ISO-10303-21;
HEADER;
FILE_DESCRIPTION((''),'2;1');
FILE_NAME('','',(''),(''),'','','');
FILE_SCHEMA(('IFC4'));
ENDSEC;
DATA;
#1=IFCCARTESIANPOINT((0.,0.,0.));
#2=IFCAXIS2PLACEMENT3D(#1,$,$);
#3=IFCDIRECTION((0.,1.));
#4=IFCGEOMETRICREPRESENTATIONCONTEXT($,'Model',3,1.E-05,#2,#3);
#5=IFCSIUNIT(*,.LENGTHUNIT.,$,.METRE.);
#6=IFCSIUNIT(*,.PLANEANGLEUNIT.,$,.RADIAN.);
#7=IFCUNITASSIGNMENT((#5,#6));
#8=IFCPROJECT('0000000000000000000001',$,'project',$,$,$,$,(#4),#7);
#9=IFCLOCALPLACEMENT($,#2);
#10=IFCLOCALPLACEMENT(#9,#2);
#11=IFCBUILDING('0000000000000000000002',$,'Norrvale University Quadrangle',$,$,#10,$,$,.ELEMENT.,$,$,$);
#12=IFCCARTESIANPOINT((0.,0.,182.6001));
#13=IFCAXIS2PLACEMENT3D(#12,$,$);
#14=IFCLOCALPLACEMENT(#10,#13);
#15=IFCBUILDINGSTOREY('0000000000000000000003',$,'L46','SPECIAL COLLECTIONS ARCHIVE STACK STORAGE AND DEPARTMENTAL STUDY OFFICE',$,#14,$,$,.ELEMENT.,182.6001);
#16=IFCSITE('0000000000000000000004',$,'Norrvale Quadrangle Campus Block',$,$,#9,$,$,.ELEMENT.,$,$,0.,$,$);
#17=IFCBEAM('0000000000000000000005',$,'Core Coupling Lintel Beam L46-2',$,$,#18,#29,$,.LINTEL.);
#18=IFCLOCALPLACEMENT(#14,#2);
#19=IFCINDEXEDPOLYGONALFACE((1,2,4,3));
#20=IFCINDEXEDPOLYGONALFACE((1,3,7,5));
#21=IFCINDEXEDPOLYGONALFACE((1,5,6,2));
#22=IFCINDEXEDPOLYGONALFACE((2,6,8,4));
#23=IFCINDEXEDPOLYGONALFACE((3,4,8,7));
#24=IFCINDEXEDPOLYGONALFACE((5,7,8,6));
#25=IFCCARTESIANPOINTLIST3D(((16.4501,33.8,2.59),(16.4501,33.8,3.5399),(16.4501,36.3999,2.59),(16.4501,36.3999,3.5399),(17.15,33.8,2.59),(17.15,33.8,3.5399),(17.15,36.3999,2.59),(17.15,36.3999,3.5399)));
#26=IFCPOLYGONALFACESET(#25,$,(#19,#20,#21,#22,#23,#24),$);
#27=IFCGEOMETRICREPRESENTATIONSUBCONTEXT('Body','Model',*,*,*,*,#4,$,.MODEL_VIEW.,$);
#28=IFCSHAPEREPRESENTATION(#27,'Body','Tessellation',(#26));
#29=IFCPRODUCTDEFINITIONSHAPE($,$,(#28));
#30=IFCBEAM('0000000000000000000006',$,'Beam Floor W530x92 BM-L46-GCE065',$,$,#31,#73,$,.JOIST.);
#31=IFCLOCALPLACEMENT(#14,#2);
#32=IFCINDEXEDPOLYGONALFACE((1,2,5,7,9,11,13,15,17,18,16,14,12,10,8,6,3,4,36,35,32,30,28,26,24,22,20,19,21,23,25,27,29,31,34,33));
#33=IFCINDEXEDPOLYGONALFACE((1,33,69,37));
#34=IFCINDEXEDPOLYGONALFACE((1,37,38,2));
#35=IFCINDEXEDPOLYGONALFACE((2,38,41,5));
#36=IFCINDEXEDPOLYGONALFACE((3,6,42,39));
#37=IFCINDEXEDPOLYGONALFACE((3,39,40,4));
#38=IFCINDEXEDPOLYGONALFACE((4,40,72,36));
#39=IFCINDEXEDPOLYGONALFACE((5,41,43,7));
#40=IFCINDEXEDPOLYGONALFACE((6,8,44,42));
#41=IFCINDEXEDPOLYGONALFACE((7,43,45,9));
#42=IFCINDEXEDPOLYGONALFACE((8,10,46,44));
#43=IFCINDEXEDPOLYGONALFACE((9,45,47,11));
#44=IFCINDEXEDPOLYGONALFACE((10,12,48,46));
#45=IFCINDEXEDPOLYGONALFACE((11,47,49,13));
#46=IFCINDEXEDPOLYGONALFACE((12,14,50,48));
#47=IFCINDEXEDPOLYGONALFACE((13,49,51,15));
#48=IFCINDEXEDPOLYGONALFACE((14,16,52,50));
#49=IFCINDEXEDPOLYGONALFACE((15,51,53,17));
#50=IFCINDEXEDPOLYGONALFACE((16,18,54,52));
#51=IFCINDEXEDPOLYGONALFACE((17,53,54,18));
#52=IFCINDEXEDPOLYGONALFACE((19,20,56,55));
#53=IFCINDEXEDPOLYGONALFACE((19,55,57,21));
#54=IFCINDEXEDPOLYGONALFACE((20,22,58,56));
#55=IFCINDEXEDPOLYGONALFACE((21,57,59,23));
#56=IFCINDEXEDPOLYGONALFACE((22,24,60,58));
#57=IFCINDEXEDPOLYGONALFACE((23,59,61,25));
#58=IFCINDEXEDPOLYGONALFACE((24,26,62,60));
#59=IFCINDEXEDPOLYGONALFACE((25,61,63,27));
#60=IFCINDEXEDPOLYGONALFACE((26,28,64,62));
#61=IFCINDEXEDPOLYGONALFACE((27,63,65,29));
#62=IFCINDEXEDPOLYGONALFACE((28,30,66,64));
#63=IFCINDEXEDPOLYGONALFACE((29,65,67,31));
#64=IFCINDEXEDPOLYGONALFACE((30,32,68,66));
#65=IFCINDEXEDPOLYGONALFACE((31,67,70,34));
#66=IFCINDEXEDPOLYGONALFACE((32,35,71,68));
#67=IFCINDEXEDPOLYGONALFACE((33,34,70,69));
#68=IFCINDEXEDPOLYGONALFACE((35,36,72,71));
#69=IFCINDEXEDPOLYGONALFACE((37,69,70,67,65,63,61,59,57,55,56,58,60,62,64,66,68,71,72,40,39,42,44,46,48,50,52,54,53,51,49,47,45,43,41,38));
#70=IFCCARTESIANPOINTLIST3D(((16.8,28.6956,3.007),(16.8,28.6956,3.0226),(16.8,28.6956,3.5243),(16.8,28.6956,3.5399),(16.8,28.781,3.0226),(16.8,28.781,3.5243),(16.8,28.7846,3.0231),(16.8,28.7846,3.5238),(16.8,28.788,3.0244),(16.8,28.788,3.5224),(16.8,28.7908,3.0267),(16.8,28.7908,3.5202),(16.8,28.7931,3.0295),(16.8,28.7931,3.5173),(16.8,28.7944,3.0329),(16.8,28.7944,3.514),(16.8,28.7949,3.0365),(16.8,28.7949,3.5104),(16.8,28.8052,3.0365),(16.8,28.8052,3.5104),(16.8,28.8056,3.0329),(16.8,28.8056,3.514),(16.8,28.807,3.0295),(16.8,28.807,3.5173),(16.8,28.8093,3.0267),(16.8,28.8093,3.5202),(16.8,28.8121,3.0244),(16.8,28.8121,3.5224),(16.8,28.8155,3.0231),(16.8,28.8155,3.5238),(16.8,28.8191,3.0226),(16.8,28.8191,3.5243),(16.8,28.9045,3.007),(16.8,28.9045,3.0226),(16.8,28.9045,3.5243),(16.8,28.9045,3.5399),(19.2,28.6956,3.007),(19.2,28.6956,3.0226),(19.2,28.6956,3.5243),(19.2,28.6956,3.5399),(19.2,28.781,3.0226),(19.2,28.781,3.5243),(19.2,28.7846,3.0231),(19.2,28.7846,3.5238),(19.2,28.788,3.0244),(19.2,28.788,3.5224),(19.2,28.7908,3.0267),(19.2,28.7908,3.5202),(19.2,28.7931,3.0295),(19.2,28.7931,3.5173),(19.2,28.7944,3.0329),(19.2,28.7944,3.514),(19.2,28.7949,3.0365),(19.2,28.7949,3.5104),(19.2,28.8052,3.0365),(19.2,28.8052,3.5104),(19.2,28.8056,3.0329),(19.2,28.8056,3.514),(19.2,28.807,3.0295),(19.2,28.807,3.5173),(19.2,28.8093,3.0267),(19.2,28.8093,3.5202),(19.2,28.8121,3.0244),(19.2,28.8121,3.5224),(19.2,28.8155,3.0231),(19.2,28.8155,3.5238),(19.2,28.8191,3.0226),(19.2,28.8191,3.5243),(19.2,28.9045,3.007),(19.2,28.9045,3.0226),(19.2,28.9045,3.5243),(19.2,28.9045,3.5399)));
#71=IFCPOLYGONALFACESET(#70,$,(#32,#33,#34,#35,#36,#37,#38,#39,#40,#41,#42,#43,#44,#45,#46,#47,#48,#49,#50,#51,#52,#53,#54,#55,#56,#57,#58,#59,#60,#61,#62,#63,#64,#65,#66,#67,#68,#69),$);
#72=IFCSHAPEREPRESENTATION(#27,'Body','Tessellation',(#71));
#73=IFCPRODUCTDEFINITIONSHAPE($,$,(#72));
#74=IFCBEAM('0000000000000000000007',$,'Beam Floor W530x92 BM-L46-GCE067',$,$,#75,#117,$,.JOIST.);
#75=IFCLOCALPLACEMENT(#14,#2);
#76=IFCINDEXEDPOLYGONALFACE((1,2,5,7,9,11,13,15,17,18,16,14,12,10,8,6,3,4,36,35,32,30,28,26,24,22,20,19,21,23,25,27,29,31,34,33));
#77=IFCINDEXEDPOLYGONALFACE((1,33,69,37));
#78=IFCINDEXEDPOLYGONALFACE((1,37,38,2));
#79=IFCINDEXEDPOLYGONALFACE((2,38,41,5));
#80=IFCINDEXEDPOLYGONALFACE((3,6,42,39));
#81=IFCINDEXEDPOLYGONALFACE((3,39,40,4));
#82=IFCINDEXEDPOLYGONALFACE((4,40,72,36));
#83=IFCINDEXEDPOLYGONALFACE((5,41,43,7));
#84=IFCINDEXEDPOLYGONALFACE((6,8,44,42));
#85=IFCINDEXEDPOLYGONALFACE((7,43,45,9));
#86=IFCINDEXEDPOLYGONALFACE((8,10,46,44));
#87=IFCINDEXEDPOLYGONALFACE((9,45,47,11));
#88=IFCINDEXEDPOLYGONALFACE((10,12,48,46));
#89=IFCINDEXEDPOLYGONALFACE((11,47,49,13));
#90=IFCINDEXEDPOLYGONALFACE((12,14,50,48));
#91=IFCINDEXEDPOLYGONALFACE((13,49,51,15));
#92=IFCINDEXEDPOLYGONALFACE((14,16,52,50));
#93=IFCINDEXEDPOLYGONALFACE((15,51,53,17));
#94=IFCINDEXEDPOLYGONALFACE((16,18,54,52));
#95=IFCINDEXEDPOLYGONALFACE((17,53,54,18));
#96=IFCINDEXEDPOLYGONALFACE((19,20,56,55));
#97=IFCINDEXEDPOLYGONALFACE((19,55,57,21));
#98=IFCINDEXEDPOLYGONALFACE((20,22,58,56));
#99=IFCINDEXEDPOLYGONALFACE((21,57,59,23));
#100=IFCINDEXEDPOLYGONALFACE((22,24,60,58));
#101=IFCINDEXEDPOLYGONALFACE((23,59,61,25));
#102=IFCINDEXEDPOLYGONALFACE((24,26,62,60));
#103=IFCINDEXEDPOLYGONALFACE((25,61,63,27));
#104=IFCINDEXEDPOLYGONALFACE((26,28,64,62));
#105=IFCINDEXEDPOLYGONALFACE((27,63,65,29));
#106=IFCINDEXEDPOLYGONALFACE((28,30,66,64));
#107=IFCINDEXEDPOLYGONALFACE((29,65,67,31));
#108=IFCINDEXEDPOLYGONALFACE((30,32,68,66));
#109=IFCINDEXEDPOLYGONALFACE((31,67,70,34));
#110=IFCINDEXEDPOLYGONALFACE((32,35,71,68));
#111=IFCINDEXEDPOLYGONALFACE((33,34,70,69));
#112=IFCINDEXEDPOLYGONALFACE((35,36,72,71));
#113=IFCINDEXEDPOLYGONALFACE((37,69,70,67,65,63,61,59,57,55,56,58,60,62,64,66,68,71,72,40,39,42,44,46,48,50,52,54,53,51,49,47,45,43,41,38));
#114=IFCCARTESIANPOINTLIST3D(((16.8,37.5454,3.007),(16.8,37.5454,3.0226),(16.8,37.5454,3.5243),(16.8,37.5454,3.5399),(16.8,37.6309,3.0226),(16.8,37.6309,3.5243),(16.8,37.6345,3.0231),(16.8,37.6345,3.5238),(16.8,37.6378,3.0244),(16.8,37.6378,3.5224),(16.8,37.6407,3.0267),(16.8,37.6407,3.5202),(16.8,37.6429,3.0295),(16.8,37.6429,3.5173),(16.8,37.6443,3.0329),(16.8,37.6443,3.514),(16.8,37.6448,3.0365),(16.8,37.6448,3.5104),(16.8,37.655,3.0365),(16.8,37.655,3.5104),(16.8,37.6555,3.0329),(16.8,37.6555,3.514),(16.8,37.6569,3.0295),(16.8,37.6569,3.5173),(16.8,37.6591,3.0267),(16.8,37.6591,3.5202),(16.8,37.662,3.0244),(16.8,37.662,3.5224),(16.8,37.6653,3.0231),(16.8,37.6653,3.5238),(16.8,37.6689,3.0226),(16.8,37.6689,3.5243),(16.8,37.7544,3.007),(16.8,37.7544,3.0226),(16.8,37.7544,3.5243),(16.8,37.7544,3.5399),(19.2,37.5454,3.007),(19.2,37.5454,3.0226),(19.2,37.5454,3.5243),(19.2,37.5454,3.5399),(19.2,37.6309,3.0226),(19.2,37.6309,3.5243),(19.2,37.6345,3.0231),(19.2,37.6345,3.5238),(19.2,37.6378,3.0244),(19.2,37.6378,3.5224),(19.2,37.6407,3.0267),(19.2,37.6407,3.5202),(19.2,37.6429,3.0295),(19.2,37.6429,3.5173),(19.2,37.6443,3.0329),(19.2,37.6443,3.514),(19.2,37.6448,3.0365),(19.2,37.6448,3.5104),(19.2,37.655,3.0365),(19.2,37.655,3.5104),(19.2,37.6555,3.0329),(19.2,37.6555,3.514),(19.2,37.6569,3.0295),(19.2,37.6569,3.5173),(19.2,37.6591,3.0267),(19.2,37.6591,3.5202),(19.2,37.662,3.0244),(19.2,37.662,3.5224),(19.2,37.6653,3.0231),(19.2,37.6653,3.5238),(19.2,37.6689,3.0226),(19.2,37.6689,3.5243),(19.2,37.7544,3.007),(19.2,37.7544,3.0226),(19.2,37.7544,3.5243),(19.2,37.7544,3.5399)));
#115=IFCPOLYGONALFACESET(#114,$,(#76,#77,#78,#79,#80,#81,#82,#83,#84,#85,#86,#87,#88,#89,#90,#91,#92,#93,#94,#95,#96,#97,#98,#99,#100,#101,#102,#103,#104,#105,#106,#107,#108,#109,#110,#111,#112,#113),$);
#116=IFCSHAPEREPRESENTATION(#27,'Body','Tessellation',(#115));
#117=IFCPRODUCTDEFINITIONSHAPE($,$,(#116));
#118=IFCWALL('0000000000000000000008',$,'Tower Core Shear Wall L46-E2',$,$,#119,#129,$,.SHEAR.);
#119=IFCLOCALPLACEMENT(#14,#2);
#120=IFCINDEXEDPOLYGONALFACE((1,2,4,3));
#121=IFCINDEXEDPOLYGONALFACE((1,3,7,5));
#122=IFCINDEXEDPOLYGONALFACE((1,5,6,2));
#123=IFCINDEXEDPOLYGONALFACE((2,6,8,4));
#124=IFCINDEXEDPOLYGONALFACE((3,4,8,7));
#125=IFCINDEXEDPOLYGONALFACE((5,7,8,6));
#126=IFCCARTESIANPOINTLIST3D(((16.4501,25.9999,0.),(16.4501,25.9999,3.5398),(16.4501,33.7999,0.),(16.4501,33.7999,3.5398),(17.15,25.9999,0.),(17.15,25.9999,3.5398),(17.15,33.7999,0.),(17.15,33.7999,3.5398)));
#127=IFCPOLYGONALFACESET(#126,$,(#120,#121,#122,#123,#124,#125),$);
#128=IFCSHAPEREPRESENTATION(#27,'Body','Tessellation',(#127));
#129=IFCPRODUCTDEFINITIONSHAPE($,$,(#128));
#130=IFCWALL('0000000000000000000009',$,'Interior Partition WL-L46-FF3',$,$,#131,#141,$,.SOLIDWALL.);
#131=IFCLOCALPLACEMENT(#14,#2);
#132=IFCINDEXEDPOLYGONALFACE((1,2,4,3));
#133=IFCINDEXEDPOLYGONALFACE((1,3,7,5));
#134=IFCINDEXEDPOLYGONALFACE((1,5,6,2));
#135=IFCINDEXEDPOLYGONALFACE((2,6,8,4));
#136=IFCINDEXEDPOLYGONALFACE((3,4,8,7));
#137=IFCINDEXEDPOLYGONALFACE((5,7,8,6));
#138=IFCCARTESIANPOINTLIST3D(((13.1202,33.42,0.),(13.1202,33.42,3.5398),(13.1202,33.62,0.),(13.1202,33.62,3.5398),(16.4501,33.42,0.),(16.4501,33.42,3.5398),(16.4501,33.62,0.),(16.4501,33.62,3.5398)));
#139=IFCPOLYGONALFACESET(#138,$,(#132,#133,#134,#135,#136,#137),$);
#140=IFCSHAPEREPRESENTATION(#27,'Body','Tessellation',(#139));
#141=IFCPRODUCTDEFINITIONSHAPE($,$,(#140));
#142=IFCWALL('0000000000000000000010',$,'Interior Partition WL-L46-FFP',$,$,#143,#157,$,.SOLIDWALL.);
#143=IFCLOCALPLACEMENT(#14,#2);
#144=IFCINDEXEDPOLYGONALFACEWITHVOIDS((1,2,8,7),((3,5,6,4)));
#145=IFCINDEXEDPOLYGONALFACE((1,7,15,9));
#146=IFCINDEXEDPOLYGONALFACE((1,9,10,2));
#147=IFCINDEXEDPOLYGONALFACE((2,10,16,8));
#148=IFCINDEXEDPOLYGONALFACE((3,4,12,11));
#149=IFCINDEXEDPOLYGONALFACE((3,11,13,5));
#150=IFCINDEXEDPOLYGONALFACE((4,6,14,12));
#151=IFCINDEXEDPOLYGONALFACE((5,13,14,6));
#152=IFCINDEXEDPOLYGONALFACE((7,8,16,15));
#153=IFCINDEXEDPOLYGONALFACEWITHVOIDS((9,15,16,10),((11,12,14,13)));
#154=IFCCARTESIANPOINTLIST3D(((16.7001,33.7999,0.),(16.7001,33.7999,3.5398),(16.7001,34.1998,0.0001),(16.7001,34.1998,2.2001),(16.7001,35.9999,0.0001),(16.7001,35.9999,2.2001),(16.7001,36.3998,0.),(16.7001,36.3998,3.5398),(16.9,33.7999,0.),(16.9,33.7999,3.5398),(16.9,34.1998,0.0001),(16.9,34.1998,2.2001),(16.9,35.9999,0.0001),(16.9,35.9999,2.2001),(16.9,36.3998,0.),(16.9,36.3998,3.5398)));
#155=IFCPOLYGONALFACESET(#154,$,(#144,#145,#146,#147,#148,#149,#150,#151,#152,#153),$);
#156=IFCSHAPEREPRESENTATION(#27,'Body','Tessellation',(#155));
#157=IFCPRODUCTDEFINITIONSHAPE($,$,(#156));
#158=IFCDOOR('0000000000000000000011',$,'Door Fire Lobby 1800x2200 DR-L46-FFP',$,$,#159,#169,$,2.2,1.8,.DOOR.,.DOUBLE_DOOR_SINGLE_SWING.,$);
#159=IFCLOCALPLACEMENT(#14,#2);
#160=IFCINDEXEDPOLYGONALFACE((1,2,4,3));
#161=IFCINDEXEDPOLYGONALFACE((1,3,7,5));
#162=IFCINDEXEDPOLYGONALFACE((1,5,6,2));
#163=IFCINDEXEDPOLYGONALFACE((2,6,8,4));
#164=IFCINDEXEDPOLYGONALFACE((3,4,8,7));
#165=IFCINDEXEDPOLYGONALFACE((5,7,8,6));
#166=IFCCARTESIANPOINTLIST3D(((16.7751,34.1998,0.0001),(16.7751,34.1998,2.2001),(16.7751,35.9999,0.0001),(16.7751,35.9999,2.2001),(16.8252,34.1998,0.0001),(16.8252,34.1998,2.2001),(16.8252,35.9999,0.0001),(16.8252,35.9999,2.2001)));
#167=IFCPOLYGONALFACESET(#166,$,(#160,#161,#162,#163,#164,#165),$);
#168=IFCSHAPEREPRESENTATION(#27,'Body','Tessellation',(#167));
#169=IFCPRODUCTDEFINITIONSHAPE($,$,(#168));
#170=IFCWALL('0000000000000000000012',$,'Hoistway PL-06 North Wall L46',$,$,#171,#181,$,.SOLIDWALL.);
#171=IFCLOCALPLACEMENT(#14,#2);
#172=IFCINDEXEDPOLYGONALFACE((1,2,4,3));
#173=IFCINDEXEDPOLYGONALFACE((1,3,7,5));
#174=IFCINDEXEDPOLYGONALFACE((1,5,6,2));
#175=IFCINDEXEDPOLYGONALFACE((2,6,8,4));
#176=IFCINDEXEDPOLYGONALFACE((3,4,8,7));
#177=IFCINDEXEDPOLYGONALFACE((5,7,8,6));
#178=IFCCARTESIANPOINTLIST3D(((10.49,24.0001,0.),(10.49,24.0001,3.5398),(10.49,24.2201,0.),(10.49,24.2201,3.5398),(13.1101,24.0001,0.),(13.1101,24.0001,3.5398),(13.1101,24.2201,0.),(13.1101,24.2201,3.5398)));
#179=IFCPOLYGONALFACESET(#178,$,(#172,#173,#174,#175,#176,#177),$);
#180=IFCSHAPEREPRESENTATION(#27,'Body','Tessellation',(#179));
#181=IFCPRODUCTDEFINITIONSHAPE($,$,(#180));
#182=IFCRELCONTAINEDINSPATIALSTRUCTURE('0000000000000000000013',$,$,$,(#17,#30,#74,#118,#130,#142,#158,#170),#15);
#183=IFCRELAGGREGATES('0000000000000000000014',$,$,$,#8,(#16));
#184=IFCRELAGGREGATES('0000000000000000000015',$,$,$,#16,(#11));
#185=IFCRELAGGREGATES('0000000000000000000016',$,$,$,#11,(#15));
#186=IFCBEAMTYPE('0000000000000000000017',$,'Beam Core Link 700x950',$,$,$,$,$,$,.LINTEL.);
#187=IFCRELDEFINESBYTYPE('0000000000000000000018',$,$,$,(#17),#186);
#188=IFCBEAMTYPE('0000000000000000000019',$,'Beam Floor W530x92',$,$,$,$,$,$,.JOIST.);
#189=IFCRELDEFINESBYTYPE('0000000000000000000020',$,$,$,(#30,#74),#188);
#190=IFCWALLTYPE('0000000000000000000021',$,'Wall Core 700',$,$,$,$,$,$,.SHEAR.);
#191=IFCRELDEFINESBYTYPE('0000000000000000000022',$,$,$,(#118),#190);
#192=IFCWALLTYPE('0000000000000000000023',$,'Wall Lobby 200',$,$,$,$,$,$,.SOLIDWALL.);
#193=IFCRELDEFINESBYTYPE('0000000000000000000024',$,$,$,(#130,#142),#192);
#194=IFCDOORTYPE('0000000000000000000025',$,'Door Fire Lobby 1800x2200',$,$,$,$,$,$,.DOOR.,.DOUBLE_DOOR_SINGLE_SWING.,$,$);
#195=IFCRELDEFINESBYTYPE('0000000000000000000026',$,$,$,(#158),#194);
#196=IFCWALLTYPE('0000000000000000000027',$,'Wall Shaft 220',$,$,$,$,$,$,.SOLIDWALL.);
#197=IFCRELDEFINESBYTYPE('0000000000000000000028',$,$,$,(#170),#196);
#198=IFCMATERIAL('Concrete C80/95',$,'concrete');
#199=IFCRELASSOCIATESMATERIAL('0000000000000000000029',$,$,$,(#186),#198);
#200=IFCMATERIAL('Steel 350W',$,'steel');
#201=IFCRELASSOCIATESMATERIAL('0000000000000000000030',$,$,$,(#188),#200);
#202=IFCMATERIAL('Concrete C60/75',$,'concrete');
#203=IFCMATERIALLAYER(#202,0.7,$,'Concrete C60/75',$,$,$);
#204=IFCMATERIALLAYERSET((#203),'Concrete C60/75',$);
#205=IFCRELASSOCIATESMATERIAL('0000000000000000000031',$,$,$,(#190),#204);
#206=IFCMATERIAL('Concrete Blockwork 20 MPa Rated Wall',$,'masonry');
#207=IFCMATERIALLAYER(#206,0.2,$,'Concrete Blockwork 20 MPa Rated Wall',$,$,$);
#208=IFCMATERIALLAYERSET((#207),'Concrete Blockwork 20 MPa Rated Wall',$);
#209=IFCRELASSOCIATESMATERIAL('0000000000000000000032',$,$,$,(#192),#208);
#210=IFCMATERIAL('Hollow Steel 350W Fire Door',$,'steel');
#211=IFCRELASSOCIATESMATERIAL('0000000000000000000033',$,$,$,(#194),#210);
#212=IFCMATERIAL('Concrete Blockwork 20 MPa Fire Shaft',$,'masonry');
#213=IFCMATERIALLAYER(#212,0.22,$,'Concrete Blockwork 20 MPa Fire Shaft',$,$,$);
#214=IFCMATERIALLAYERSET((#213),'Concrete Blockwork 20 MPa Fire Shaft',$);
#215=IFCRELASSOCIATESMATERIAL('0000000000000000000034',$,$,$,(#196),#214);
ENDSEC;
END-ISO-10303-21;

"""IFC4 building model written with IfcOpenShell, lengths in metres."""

from ifc_helpers import new_model, si_unit, direction, frame, frame_2d, origin, origin_2d, place, context, subcontext, project, spatial, rectangle, i_section, extrude, material, layer, layer_set, material_profile, profile_set, type_object, element, fill, save


model = new_model("IFC4")

# Units and contexts
model_context = context("Model", 3, precision=1e-05, world=origin(), true_north=direction((0.0, 1.0)))
body_context = subcontext(model_context, "Body", "Model", "MODEL_VIEW")
ifc_project = project(units=[si_unit("LENGTHUNIT", "METRE"), si_unit("PLANEANGLEUNIT", "RADIAN")], contexts=[model_context])

# Site, building, storey
site_placement = place(None, origin())
site = spatial("IfcSite", under=ifc_project, at=site_placement, Name="Norrvale Quadrangle Campus Block", CompositionType="ELEMENT", RefElevation=0.0)
building_placement = place(site_placement, origin())
building = spatial("IfcBuilding", under=site, at=building_placement, Name="Norrvale University Quadrangle", CompositionType="ELEMENT")
storey_placement = place(building_placement, frame((0.0, 0.0, 182.6001)))
storey = spatial("IfcBuildingStorey", under=building, at=storey_placement, Name="L46", Description="SPECIAL COLLECTIONS ARCHIVE STACK STORAGE AND DEPARTMENTAL STUDY OFFICE", CompositionType="ELEMENT", Elevation=182.6001)

# Beams
ifc_material_1 = material(Name="Concrete C80/95", Category="concrete")
ifc_material_profile_1 = material_profile(ifc_material_1, rectangle(XDim=0.7, YDim=0.95, at=origin_2d()), Name="Concrete C80/95")
ifc_profile_set_1 = profile_set([ifc_material_profile_1], Name="Concrete C80/95")
beam_type_1 = type_object("IfcBeamType", Name="Beam Core Link 700x950", PredefinedType="LINTEL", material=ifc_profile_set_1)
beam_placement = place(storey_placement, frame((16.8, 33.8, 3.0649), z_axis=(0.0, 1.0, 0.0), x_axis=(-1.0, 0.0, 0.0)))
element("IfcBeam", 1, at=beam_placement, inside=storey, type_object=beam_type_1, Name="Core Coupling Lintel Beam L46-2", PredefinedType="LINTEL", context=body_context, shape_type="SweptSolid", body=[
    extrude(rectangle(XDim=0.7, YDim=0.95, at=origin_2d()), origin(), (0.0, 0.0, 1.0), 2.5999),
])
ifc_material_2 = material(Name="Steel 350W", Category="steel")
ifc_material_profile_2 = material_profile(ifc_material_2, i_section(OverallWidth=0.209, OverallDepth=0.533, WebThickness=0.0103, FlangeThickness=0.0156, FilletRadius=0.0139, at=origin_2d()), Name="Steel 350W")
ifc_profile_set_2 = profile_set([ifc_material_profile_2], Name="Steel 350W")
beam_type_2 = type_object("IfcBeamType", Name="Beam Floor W530x92", PredefinedType="JOIST", material=ifc_profile_set_2)
for number, where, z_axis, x_axis, name in (
    (2, (16.8, 28.8, 3.2734), (1.0, 0.0, 0.0), (0.0, 1.0, 0.0), "Beam Floor W530x92 BM-L46-GCE065"),
    (3, (16.8, 37.6499, 3.2734), (1.0, 0.0, 0.0), (0.0, 1.0, 0.0), "Beam Floor W530x92 BM-L46-GCE067"),
):
    element("IfcBeam", number, at=place(storey_placement, frame(where, z_axis=z_axis, x_axis=x_axis)), inside=storey, type_object=beam_type_2, Name=name, PredefinedType="JOIST", context=body_context, shape_type="SweptSolid", body=[
        extrude(i_section(OverallWidth=0.209, OverallDepth=0.533, WebThickness=0.0103, FlangeThickness=0.0156, FilletRadius=0.0139, at=origin_2d()), origin(), (0.0, 0.0, 1.0), 2.3999),
    ])

# Wall
ifc_material_3 = material(Name="Concrete C60/75", Category="concrete")
ifc_layer_1 = layer(ifc_material_3, 0.7, Name="Concrete C60/75")
ifc_layer_set_1 = layer_set([ifc_layer_1], Name="Concrete C60/75")
wall_type_1 = type_object("IfcWallType", Name="Wall Core 700", PredefinedType="SHEAR", material=ifc_layer_set_1)
wall_1_placement = place(storey_placement, frame((16.8, 26.0, 0.0), z_axis=(0.0, 0.0, 1.0), x_axis=(0.0, 1.0, 0.0)))
element("IfcWall", 4, at=wall_1_placement, inside=storey, type_object=wall_type_1, Name="Tower Core Shear Wall L46-E2", PredefinedType="SHEAR", context=body_context, shape_type="SweptSolid", body=[
    extrude(rectangle(XDim=7.8, YDim=0.7, at=frame_2d((3.8999, 0.0))), origin(), (0.0, 0.0, 1.0), 3.5398),
])

# Wall
ifc_material_4 = material(Name="Concrete Blockwork 20 MPa Rated Wall", Category="masonry")
ifc_layer_2 = layer(ifc_material_4, 0.2, Name="Concrete Blockwork 20 MPa Rated Wall")
ifc_layer_set_2 = layer_set([ifc_layer_2], Name="Concrete Blockwork 20 MPa Rated Wall")
wall_type_2 = type_object("IfcWallType", Name="Wall Lobby 200", PredefinedType="SOLIDWALL", material=ifc_layer_set_2)
wall_2_placement = place(storey_placement, frame((13.1201, 33.52, 0.0), z_axis=(0.0, 0.0, 1.0), x_axis=(1.0, 0.0, 0.0)))
element("IfcWall", 5, at=wall_2_placement, inside=storey, type_object=wall_type_2, Name="Interior Partition WL-L46-FF3", PredefinedType="SOLIDWALL", context=body_context, shape_type="SweptSolid", body=[
    extrude(rectangle(XDim=3.3298, YDim=0.2, at=frame_2d((1.665, 0.0))), origin(), (0.0, 0.0, 1.0), 3.5398),
])

# Wall, opening, door
wall_3_placement = place(storey_placement, frame((16.8, 33.8, 0.0), z_axis=(0.0, 0.0, 1.0), x_axis=(0.0, 1.0, 0.0)))
wall_3 = element("IfcWall", 6, at=wall_3_placement, inside=storey, type_object=wall_type_2, Name="Interior Partition WL-L46-FFP", PredefinedType="SOLIDWALL", context=body_context, shape_type="SweptSolid", body=[
    extrude(rectangle(XDim=2.5999, YDim=0.2, at=frame_2d((1.2998, 0.0))), origin(), (0.0, 0.0, 1.0), 3.5398),
])
opening_1_placement = place(wall_3_placement, frame((0.3999, 0.0, 0.0)))
opening_1 = element("IfcOpeningElement", 7, at=opening_1_placement, cuts=wall_3, PredefinedType="OPENING", context=body_context, shape_type="SweptSolid", body=[
    extrude(rectangle(XDim=1.8, YDim=2.2, at=frame_2d((0.8999, 1.1001))), frame((0.0, 0.1121, 0.0), z_axis=(0.0, -1.0, 0.0), x_axis=(1.0, 0.0, 0.0)), (0.0, 0.0, 1.0), 0.2239),
])
ifc_material_5 = material(Name="Hollow Steel 350W Fire Door", Category="steel")
door_type_1 = type_object("IfcDoorType", Name="Door Fire Lobby 1800x2200", OperationType="DOUBLE_DOOR_SINGLE_SWING", PredefinedType="DOOR", material=ifc_material_5)
door_1_placement = place(opening_1_placement, origin())
door_1 = element("IfcDoor", 8, at=door_1_placement, inside=storey, type_object=door_type_1, Name="Door Fire Lobby 1800x2200 DR-L46-FFP", OperationType="DOUBLE_DOOR_SINGLE_SWING", OverallHeight=2.2, OverallWidth=1.8, PredefinedType="DOOR", context=body_context, shape_type="SweptSolid", body=[
    extrude(rectangle(XDim=1.8, YDim=2.2, at=frame_2d((0.8999, 1.1001))), frame((0.0, 0.0249, 0.0), z_axis=(0.0, -1.0, 0.0), x_axis=(1.0, 0.0, 0.0)), (0.0, 0.0, 1.0), 0.05),
])
fill(opening_1, door_1)

# Wall
ifc_material_6 = material(Name="Concrete Blockwork 20 MPa Fire Shaft", Category="masonry")
ifc_layer_3 = layer(ifc_material_6, 0.22, Name="Concrete Blockwork 20 MPa Fire Shaft")
ifc_layer_set_3 = layer_set([ifc_layer_3], Name="Concrete Blockwork 20 MPa Fire Shaft")
wall_type_3 = type_object("IfcWallType", Name="Wall Shaft 220", PredefinedType="SOLIDWALL", material=ifc_layer_set_3)
wall_4_placement = place(storey_placement, frame((10.49, 24.1101, 0.0), z_axis=(0.0, 0.0, 1.0), x_axis=(1.0, 0.0, 0.0)))
element("IfcWall", 9, at=wall_4_placement, inside=storey, type_object=wall_type_3, Name="Hoistway PL-06 North Wall L46", PredefinedType="SOLIDWALL", context=body_context, shape_type="SweptSolid", body=[
    extrude(rectangle(XDim=2.6201, YDim=0.22, at=frame_2d((1.3101, 0.0))), origin(), (0.0, 0.0, 1.0), 3.5398),
])

save(model, "model.ifc")
